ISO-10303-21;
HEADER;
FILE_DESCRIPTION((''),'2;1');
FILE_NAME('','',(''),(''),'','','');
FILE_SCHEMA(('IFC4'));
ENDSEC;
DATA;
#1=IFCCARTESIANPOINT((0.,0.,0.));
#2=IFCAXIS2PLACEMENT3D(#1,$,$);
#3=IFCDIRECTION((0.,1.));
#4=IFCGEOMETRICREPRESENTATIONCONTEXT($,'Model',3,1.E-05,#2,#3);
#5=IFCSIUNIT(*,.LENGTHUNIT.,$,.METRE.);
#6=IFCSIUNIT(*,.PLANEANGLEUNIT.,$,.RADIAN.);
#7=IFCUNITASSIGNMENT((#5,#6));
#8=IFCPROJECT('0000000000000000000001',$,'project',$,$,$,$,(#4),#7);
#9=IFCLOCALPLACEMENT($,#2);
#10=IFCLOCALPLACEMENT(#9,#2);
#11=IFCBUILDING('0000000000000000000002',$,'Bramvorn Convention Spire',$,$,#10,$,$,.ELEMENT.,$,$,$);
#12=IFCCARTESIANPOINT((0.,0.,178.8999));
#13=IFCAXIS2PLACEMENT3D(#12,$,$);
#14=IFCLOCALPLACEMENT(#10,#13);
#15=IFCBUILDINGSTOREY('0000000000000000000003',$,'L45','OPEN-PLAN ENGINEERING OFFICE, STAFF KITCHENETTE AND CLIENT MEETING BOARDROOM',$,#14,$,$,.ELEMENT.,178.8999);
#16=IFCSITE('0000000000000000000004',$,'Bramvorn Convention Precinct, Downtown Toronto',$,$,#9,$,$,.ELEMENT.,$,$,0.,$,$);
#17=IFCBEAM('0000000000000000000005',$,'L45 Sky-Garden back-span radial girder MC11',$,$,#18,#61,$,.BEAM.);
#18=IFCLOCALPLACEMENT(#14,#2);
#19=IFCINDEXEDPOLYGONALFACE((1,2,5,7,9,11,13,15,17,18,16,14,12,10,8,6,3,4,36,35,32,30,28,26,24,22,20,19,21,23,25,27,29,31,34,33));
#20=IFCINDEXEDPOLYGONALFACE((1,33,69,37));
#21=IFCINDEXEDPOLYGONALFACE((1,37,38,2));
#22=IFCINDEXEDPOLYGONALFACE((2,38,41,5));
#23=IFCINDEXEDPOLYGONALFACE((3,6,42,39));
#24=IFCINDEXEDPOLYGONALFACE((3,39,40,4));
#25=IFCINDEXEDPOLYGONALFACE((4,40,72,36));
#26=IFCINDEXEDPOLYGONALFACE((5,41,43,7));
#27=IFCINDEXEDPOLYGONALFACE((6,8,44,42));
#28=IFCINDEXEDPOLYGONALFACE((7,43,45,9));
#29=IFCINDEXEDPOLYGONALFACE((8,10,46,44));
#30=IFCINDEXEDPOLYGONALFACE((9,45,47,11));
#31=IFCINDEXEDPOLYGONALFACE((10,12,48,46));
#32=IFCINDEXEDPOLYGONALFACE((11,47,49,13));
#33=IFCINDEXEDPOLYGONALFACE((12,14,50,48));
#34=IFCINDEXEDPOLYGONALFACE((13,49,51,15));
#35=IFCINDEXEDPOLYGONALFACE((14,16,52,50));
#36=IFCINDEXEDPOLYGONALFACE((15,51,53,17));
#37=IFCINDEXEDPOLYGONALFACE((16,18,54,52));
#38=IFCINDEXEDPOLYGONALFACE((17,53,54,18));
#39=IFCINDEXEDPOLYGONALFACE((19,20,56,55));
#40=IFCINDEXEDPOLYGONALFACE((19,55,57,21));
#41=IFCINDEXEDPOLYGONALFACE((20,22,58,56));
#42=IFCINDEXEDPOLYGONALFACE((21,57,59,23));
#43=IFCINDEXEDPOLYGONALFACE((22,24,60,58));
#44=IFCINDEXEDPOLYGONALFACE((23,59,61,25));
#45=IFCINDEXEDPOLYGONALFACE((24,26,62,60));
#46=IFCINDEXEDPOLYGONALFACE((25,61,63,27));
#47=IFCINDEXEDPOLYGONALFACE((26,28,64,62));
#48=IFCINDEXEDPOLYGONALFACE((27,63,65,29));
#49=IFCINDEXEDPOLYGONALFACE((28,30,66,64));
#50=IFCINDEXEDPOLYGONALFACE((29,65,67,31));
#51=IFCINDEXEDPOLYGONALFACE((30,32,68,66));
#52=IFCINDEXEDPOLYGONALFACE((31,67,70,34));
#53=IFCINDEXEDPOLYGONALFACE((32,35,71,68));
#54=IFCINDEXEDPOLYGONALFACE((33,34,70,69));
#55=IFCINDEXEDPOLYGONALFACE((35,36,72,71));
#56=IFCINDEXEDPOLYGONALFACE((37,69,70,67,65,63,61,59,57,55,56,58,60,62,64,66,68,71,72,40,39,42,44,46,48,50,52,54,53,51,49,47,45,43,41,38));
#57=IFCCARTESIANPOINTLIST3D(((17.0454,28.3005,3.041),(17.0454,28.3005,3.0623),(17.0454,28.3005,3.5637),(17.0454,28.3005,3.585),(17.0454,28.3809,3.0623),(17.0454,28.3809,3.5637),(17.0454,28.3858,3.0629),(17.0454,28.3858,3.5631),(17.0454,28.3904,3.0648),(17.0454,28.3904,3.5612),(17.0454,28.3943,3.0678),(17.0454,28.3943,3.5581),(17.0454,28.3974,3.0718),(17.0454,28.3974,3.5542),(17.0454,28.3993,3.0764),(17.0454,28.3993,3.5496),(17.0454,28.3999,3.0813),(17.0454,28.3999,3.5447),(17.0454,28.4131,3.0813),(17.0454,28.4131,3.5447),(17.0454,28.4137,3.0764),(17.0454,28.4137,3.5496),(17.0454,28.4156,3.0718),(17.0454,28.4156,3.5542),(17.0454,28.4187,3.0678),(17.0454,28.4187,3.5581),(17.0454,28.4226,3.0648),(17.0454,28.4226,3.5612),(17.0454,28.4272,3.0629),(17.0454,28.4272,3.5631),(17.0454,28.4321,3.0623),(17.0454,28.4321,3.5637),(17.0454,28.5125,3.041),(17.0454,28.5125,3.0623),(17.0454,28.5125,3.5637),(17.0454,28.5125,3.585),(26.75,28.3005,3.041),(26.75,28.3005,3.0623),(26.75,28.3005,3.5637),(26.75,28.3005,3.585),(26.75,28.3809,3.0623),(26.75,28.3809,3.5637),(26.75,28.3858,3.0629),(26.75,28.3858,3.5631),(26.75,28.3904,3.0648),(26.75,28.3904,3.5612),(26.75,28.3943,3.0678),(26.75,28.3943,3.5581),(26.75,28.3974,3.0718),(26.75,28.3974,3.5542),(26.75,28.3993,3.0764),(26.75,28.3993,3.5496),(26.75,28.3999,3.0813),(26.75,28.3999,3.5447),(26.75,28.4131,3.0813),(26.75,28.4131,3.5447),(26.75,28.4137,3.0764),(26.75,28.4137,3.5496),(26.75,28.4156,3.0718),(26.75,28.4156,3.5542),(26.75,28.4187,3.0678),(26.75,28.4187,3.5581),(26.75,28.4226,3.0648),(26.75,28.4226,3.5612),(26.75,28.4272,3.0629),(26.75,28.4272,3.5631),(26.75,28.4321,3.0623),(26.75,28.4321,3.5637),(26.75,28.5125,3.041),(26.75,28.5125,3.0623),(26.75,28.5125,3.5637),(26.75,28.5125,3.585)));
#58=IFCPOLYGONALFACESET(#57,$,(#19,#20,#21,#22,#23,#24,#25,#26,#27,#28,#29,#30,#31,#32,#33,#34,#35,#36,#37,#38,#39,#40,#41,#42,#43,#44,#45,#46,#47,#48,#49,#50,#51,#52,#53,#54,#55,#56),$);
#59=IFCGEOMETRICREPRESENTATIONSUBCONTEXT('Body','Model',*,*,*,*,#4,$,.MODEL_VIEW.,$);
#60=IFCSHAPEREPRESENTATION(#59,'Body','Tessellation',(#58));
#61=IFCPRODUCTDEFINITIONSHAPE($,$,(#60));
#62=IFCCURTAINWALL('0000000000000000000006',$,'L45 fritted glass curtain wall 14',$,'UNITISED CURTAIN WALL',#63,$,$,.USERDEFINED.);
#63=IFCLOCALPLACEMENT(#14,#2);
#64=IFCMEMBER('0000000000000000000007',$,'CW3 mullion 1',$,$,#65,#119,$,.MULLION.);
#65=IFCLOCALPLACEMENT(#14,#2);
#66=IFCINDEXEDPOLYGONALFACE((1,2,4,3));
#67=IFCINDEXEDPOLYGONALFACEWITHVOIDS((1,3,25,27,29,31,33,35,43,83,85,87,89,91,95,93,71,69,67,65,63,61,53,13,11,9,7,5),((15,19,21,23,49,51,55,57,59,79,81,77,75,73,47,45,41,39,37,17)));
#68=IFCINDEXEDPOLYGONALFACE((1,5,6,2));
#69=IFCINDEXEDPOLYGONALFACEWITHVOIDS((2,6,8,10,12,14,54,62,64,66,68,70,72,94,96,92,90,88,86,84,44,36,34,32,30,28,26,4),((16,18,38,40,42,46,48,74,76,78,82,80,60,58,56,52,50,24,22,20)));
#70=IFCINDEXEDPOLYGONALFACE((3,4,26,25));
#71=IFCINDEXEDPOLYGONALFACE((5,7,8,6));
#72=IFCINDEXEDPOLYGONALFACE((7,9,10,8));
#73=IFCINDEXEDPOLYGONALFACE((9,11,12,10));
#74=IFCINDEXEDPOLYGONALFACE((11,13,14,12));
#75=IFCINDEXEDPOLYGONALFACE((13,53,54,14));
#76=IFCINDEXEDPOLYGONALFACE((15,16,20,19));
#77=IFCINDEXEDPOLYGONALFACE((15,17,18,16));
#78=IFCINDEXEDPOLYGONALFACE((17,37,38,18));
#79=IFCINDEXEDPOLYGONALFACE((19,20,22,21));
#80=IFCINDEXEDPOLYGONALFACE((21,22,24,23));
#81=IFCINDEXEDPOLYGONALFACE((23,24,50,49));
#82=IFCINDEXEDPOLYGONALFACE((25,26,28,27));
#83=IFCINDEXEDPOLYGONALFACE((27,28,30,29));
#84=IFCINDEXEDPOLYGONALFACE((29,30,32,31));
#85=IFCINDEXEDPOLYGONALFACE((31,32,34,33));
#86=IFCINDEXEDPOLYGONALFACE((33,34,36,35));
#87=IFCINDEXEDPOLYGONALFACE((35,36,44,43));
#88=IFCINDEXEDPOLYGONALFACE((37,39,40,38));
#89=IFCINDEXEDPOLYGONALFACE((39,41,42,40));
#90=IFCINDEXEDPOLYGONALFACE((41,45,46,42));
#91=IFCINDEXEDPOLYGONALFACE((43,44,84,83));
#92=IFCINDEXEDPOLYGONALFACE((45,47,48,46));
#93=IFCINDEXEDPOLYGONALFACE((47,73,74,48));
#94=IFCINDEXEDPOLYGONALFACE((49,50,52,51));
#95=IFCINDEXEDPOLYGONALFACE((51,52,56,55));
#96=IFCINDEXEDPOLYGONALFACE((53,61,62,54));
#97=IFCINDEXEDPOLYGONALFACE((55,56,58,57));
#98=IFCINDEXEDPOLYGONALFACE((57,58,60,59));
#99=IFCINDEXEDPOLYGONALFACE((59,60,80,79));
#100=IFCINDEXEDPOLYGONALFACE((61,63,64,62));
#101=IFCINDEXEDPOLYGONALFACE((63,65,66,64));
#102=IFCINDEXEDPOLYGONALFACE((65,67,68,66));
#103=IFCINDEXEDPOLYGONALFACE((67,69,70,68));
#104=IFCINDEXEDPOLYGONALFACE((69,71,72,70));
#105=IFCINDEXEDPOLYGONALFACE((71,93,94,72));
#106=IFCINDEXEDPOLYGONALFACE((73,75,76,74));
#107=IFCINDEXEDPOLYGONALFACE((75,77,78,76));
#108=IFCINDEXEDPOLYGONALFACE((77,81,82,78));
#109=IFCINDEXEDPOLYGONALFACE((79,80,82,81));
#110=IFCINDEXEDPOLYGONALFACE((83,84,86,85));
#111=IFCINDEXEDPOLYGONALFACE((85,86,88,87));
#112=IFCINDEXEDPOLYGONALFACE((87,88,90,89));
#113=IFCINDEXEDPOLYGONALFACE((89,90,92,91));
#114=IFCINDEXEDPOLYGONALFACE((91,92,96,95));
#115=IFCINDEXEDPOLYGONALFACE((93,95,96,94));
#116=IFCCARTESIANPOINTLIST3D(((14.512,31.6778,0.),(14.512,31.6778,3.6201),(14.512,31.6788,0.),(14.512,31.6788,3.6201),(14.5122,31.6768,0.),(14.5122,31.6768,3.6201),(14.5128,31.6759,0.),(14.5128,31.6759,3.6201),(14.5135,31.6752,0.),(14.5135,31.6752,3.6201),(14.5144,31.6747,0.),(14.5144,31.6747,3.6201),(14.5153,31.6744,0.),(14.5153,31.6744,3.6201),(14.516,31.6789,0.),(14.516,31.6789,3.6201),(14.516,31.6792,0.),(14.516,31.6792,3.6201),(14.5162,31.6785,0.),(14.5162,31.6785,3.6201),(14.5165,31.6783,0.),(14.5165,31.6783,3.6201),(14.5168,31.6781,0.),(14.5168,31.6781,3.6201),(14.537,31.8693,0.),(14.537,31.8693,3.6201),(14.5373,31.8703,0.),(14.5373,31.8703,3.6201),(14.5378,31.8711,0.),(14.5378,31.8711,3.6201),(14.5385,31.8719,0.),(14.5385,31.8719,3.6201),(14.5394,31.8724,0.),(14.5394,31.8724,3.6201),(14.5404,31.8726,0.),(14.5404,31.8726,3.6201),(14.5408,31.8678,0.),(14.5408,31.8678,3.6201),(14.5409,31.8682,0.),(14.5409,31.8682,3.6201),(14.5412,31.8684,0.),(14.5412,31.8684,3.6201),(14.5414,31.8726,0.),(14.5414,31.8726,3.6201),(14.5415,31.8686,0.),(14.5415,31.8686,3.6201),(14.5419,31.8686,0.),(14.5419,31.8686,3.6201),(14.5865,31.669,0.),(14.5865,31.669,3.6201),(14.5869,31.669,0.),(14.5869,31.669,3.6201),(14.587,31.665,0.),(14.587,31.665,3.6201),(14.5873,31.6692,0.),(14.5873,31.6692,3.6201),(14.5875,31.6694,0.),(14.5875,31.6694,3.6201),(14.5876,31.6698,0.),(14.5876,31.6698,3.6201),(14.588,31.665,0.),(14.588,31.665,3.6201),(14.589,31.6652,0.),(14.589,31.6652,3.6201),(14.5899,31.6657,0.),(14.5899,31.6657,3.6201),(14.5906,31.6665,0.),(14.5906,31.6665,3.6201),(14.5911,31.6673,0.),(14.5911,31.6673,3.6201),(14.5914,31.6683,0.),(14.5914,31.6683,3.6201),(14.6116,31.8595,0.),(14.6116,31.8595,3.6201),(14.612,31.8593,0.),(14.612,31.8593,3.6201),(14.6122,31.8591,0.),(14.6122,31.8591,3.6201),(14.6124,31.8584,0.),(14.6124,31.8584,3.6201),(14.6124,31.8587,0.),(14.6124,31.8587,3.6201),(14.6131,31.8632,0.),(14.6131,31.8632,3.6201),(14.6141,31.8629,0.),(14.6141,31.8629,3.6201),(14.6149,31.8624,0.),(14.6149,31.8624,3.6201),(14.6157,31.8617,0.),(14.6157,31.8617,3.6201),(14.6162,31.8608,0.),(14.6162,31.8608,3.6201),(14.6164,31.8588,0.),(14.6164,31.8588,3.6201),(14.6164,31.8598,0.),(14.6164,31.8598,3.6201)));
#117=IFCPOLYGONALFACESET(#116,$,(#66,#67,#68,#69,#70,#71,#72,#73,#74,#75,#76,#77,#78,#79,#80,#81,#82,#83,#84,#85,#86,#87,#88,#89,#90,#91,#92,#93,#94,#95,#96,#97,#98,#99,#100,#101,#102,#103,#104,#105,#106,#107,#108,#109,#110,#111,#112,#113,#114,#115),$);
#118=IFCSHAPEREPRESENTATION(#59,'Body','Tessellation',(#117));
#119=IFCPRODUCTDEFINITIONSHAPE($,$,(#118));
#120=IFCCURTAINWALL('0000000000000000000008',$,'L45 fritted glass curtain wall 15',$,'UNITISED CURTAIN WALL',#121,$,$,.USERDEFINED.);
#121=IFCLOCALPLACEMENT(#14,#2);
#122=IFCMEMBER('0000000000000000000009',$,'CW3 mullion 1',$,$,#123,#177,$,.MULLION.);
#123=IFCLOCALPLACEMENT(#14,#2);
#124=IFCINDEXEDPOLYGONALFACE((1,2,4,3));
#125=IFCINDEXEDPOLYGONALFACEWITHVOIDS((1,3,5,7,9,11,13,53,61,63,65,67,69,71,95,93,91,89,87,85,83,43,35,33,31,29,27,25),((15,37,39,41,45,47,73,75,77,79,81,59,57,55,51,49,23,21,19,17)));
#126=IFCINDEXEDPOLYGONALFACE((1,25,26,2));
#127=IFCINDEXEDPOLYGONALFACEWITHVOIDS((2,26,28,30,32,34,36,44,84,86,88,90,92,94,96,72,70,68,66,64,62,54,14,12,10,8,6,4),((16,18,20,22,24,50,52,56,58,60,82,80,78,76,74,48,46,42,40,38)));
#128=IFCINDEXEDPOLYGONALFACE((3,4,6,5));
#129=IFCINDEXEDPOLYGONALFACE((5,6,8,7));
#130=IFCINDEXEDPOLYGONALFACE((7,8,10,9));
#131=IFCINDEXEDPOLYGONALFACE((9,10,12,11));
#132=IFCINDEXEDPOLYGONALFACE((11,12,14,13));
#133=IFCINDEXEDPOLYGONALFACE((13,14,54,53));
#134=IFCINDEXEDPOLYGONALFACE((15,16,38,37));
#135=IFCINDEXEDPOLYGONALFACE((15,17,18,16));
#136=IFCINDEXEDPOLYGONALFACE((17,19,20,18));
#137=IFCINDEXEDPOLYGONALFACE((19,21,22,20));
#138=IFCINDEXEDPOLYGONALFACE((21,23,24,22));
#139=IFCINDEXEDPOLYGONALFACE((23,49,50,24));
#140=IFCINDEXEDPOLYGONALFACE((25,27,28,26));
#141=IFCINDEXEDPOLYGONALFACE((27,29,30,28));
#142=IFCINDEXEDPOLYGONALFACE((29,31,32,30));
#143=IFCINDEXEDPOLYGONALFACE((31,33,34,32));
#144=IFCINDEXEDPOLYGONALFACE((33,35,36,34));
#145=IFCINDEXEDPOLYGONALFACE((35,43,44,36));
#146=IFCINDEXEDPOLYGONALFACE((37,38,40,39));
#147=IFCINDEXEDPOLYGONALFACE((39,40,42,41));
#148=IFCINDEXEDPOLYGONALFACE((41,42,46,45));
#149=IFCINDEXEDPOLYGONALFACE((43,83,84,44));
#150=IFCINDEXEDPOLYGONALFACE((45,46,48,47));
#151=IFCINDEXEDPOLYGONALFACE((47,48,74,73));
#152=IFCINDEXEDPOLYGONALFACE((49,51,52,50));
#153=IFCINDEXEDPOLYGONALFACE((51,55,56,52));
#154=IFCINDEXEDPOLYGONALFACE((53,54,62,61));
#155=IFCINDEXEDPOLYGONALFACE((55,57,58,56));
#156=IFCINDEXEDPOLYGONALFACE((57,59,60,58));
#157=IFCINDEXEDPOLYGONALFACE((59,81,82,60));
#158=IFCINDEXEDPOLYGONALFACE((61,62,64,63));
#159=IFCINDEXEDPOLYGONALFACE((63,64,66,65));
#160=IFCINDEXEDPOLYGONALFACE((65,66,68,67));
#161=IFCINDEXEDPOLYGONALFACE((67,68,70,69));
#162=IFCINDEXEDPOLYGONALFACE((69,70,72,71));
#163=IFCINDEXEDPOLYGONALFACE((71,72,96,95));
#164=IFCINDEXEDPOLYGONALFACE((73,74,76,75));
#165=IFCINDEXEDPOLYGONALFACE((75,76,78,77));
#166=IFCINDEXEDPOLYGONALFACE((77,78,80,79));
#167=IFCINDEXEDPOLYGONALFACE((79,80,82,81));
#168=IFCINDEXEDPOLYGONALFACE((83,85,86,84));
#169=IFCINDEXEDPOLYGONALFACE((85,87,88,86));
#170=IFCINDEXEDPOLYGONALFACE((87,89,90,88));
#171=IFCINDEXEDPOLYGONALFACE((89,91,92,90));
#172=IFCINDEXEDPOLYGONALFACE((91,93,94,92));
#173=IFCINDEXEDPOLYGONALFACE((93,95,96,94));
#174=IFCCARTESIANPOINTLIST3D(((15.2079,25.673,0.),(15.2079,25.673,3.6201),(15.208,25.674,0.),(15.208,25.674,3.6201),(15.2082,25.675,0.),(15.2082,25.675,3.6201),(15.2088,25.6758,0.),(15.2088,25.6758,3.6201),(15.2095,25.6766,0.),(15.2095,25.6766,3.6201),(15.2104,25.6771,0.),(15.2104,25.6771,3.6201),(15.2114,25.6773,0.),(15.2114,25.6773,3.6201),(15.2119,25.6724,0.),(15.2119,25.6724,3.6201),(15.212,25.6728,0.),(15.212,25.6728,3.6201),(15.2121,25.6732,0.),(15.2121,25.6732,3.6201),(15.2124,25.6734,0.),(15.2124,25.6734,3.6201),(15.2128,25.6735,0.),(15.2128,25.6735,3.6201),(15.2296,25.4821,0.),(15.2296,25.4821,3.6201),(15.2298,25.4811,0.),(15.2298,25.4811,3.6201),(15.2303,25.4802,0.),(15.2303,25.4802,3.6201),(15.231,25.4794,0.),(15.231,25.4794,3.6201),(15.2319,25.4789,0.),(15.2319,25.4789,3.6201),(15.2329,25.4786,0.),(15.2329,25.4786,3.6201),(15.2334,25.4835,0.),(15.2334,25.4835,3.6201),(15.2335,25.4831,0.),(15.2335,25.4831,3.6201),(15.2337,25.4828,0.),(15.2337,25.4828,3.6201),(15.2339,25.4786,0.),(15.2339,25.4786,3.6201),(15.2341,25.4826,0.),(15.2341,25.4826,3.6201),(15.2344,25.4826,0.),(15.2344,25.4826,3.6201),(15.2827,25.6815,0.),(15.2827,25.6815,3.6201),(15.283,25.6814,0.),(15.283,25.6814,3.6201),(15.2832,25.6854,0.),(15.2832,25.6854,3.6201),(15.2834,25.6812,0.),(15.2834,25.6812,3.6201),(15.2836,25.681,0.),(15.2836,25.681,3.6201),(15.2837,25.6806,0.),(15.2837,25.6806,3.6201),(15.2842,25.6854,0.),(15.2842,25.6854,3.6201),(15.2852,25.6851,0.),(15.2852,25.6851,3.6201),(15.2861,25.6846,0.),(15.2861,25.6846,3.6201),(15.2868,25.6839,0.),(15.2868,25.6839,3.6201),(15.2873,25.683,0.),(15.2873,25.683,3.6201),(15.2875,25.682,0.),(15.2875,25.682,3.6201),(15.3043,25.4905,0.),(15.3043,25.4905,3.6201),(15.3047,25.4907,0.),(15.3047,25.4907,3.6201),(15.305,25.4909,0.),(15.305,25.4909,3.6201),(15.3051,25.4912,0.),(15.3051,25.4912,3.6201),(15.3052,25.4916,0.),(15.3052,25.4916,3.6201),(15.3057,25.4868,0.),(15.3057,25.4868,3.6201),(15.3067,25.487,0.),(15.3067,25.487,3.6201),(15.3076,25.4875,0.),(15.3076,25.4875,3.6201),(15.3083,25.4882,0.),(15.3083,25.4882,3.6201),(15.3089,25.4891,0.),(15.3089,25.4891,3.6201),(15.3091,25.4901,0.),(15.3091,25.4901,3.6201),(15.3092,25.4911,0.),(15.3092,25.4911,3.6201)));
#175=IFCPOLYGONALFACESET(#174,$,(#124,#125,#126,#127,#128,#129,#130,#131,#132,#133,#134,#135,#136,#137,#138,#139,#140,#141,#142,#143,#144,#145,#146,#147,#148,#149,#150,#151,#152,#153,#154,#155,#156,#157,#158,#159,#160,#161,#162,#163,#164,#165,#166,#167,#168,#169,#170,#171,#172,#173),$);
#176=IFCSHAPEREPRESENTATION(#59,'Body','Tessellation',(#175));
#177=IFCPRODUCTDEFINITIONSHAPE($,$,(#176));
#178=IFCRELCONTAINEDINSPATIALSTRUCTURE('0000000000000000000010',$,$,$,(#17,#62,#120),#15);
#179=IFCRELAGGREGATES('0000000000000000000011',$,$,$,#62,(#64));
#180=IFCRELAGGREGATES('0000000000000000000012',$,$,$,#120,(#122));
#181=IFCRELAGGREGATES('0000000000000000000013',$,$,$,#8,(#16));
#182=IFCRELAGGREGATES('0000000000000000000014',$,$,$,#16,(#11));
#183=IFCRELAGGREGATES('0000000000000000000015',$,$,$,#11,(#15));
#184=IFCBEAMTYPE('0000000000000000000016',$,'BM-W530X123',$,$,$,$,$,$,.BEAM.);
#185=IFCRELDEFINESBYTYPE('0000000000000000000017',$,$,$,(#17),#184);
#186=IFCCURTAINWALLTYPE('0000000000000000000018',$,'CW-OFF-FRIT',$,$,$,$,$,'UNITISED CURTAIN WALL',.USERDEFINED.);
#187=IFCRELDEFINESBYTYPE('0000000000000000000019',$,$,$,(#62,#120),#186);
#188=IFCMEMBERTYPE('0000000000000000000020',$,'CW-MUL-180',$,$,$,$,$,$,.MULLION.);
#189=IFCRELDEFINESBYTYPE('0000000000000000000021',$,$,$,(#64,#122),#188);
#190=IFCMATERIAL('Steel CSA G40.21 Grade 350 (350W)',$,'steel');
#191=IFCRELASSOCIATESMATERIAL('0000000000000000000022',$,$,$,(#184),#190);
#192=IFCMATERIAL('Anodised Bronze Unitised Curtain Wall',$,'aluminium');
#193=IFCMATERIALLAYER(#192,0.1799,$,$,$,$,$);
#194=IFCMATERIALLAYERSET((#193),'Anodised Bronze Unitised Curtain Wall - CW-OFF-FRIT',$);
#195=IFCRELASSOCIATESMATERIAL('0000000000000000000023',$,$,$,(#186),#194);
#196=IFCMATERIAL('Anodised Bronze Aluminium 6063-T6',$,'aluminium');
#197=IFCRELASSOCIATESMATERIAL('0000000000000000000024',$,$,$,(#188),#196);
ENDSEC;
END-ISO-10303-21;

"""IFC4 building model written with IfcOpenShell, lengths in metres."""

from ifc_helpers import new_model, si_unit, direction, frame, origin, origin_2d, place, context, subcontext, project, spatial, hollow_rectangle, i_section, extrude, material, layer, layer_set, material_profile, profile_set, type_object, element, aggregate, save


model = new_model("IFC4")

# Units and contexts
model_context = context("Model", 3, precision=1e-05, world=origin(), true_north=direction((0.0, 1.0)))
body_context = subcontext(model_context, "Body", "Model", "MODEL_VIEW")
ifc_project = project(units=[si_unit("LENGTHUNIT", "METRE"), si_unit("PLANEANGLEUNIT", "RADIAN")], contexts=[model_context])

# Site, building, storey
site_placement = place(None, origin())
site = spatial("IfcSite", under=ifc_project, at=site_placement, Name="Bramvorn Convention Precinct, Downtown Toronto", CompositionType="ELEMENT", RefElevation=0.0)
building_placement = place(site_placement, origin())
building = spatial("IfcBuilding", under=site, at=building_placement, Name="Bramvorn Convention Spire", CompositionType="ELEMENT")
storey_placement = place(building_placement, frame((0.0, 0.0, 178.8999)))
storey = spatial("IfcBuildingStorey", under=building, at=storey_placement, Name="L45", Description="OPEN-PLAN ENGINEERING OFFICE, STAFF KITCHENETTE AND CLIENT MEETING BOARDROOM", CompositionType="ELEMENT", Elevation=178.8999)

# Shared definitions
ifc_material_1 = material(Name="Steel CSA G40.21 Grade 350 (350W)", Category="steel")

# Beam
ifc_material_profile_1 = material_profile(ifc_material_1, i_section(OverallWidth=0.2119, OverallDepth=0.5439, WebThickness=0.0132, FlangeThickness=0.0212, FilletRadius=0.019, at=origin_2d()))
ifc_profile_set_1 = profile_set([ifc_material_profile_1], Name="Steel CSA G40.21 Grade 350 (350W) - W530X123")
beam_type_1 = type_object("IfcBeamType", Name="BM-W530X123", PredefinedType="BEAM", material=ifc_profile_set_1)
beam_1_placement = place(storey_placement, frame((26.75, 28.4065, 3.313), z_axis=(-1.0, 0.0, 0.0), x_axis=(0.0, -1.0, 0.0)))
element("IfcBeam", 1, at=beam_1_placement, inside=storey, type_object=beam_type_1, Name="L45 Sky-Garden back-span radial girder MC11", PredefinedType="BEAM", context=body_context, shape_type="SweptSolid", body=[
    extrude(i_section(OverallWidth=0.2119, OverallDepth=0.5439, WebThickness=0.0132, FlangeThickness=0.0212, FilletRadius=0.019, at=origin_2d()), origin(), (0.0, 0.0, 1.0), 9.7046),
])

# Curtain wall, member
ifc_material_2 = material(Name="Anodised Bronze Unitised Curtain Wall", Category="aluminium")
ifc_layer_1 = layer(ifc_material_2, 0.1799)
ifc_layer_set_1 = layer_set([ifc_layer_1], Name="Anodised Bronze Unitised Curtain Wall - CW-OFF-FRIT")
curtain_wall_type = type_object("IfcCurtainWallType", Name="CW-OFF-FRIT", ElementType="UNITISED CURTAIN WALL", PredefinedType="USERDEFINED", material=ifc_layer_set_1)
curtain_wall_1_placement = place(storey_placement, origin())
curtain_wall_1 = element("IfcCurtainWall", 2, at=curtain_wall_1_placement, inside=storey, type_object=curtain_wall_type, Name="L45 fritted glass curtain wall 14", ObjectType="UNITISED CURTAIN WALL", PredefinedType="USERDEFINED")
ifc_material_3 = material(Name="Anodised Bronze Aluminium 6063-T6", Category="aluminium")
ifc_material_profile_2 = material_profile(ifc_material_3, hollow_rectangle(XDim=0.0801, YDim=0.2, WallThickness=0.0039, InnerFilletRadius=0.001, OuterFilletRadius=0.0039, at=origin_2d()))
ifc_profile_set_2 = profile_set([ifc_material_profile_2], Name="Anodised Bronze Aluminium 6063-T6 - CWM80X200")
member_type_1 = type_object("IfcMemberType", Name="CW-MUL-180", PredefinedType="MULLION", material=ifc_profile_set_2)
member_1_placement = place(storey_placement, frame((14.5642, 31.7688, 0.0), z_axis=(0.0, 0.0, 1.0), x_axis=(-0.991454, 0.13046, 0.0)))
member_1 = element("IfcMember", 3, at=member_1_placement, type_object=member_type_1, Name="CW3 mullion 1", PredefinedType="MULLION", context=body_context, shape_type="SweptSolid", body=[
    extrude(hollow_rectangle(XDim=0.0801, YDim=0.2, WallThickness=0.0039, InnerFilletRadius=0.001, OuterFilletRadius=0.0039, at=origin_2d()), origin(), (0.0, 0.0, 1.0), 3.6201),
])

# Curtain wall, member
curtain_wall_2_placement = place(storey_placement, origin())
curtain_wall_2 = element("IfcCurtainWall", 4, at=curtain_wall_2_placement, inside=storey, type_object=curtain_wall_type, Name="L45 fritted glass curtain wall 15", ObjectType="UNITISED CURTAIN WALL", PredefinedType="USERDEFINED")
member_2_placement = place(storey_placement, frame((15.2585, 25.582, 0.0), z_axis=(0.0, 0.0, 1.0), x_axis=(-0.993629, -0.112698, 0.0)))
member_2 = element("IfcMember", 5, at=member_2_placement, type_object=member_type_1, Name="CW3 mullion 1", PredefinedType="MULLION", context=body_context, shape_type="SweptSolid", body=[
    extrude(hollow_rectangle(XDim=0.0801, YDim=0.2, WallThickness=0.0039, InnerFilletRadius=0.001, OuterFilletRadius=0.0039, at=origin_2d()), origin(), (0.0, 0.0, 1.0), 3.6201),
])

aggregate(curtain_wall_1, [member_1])

aggregate(curtain_wall_2, [member_2])

save(model, "model.ifc")
